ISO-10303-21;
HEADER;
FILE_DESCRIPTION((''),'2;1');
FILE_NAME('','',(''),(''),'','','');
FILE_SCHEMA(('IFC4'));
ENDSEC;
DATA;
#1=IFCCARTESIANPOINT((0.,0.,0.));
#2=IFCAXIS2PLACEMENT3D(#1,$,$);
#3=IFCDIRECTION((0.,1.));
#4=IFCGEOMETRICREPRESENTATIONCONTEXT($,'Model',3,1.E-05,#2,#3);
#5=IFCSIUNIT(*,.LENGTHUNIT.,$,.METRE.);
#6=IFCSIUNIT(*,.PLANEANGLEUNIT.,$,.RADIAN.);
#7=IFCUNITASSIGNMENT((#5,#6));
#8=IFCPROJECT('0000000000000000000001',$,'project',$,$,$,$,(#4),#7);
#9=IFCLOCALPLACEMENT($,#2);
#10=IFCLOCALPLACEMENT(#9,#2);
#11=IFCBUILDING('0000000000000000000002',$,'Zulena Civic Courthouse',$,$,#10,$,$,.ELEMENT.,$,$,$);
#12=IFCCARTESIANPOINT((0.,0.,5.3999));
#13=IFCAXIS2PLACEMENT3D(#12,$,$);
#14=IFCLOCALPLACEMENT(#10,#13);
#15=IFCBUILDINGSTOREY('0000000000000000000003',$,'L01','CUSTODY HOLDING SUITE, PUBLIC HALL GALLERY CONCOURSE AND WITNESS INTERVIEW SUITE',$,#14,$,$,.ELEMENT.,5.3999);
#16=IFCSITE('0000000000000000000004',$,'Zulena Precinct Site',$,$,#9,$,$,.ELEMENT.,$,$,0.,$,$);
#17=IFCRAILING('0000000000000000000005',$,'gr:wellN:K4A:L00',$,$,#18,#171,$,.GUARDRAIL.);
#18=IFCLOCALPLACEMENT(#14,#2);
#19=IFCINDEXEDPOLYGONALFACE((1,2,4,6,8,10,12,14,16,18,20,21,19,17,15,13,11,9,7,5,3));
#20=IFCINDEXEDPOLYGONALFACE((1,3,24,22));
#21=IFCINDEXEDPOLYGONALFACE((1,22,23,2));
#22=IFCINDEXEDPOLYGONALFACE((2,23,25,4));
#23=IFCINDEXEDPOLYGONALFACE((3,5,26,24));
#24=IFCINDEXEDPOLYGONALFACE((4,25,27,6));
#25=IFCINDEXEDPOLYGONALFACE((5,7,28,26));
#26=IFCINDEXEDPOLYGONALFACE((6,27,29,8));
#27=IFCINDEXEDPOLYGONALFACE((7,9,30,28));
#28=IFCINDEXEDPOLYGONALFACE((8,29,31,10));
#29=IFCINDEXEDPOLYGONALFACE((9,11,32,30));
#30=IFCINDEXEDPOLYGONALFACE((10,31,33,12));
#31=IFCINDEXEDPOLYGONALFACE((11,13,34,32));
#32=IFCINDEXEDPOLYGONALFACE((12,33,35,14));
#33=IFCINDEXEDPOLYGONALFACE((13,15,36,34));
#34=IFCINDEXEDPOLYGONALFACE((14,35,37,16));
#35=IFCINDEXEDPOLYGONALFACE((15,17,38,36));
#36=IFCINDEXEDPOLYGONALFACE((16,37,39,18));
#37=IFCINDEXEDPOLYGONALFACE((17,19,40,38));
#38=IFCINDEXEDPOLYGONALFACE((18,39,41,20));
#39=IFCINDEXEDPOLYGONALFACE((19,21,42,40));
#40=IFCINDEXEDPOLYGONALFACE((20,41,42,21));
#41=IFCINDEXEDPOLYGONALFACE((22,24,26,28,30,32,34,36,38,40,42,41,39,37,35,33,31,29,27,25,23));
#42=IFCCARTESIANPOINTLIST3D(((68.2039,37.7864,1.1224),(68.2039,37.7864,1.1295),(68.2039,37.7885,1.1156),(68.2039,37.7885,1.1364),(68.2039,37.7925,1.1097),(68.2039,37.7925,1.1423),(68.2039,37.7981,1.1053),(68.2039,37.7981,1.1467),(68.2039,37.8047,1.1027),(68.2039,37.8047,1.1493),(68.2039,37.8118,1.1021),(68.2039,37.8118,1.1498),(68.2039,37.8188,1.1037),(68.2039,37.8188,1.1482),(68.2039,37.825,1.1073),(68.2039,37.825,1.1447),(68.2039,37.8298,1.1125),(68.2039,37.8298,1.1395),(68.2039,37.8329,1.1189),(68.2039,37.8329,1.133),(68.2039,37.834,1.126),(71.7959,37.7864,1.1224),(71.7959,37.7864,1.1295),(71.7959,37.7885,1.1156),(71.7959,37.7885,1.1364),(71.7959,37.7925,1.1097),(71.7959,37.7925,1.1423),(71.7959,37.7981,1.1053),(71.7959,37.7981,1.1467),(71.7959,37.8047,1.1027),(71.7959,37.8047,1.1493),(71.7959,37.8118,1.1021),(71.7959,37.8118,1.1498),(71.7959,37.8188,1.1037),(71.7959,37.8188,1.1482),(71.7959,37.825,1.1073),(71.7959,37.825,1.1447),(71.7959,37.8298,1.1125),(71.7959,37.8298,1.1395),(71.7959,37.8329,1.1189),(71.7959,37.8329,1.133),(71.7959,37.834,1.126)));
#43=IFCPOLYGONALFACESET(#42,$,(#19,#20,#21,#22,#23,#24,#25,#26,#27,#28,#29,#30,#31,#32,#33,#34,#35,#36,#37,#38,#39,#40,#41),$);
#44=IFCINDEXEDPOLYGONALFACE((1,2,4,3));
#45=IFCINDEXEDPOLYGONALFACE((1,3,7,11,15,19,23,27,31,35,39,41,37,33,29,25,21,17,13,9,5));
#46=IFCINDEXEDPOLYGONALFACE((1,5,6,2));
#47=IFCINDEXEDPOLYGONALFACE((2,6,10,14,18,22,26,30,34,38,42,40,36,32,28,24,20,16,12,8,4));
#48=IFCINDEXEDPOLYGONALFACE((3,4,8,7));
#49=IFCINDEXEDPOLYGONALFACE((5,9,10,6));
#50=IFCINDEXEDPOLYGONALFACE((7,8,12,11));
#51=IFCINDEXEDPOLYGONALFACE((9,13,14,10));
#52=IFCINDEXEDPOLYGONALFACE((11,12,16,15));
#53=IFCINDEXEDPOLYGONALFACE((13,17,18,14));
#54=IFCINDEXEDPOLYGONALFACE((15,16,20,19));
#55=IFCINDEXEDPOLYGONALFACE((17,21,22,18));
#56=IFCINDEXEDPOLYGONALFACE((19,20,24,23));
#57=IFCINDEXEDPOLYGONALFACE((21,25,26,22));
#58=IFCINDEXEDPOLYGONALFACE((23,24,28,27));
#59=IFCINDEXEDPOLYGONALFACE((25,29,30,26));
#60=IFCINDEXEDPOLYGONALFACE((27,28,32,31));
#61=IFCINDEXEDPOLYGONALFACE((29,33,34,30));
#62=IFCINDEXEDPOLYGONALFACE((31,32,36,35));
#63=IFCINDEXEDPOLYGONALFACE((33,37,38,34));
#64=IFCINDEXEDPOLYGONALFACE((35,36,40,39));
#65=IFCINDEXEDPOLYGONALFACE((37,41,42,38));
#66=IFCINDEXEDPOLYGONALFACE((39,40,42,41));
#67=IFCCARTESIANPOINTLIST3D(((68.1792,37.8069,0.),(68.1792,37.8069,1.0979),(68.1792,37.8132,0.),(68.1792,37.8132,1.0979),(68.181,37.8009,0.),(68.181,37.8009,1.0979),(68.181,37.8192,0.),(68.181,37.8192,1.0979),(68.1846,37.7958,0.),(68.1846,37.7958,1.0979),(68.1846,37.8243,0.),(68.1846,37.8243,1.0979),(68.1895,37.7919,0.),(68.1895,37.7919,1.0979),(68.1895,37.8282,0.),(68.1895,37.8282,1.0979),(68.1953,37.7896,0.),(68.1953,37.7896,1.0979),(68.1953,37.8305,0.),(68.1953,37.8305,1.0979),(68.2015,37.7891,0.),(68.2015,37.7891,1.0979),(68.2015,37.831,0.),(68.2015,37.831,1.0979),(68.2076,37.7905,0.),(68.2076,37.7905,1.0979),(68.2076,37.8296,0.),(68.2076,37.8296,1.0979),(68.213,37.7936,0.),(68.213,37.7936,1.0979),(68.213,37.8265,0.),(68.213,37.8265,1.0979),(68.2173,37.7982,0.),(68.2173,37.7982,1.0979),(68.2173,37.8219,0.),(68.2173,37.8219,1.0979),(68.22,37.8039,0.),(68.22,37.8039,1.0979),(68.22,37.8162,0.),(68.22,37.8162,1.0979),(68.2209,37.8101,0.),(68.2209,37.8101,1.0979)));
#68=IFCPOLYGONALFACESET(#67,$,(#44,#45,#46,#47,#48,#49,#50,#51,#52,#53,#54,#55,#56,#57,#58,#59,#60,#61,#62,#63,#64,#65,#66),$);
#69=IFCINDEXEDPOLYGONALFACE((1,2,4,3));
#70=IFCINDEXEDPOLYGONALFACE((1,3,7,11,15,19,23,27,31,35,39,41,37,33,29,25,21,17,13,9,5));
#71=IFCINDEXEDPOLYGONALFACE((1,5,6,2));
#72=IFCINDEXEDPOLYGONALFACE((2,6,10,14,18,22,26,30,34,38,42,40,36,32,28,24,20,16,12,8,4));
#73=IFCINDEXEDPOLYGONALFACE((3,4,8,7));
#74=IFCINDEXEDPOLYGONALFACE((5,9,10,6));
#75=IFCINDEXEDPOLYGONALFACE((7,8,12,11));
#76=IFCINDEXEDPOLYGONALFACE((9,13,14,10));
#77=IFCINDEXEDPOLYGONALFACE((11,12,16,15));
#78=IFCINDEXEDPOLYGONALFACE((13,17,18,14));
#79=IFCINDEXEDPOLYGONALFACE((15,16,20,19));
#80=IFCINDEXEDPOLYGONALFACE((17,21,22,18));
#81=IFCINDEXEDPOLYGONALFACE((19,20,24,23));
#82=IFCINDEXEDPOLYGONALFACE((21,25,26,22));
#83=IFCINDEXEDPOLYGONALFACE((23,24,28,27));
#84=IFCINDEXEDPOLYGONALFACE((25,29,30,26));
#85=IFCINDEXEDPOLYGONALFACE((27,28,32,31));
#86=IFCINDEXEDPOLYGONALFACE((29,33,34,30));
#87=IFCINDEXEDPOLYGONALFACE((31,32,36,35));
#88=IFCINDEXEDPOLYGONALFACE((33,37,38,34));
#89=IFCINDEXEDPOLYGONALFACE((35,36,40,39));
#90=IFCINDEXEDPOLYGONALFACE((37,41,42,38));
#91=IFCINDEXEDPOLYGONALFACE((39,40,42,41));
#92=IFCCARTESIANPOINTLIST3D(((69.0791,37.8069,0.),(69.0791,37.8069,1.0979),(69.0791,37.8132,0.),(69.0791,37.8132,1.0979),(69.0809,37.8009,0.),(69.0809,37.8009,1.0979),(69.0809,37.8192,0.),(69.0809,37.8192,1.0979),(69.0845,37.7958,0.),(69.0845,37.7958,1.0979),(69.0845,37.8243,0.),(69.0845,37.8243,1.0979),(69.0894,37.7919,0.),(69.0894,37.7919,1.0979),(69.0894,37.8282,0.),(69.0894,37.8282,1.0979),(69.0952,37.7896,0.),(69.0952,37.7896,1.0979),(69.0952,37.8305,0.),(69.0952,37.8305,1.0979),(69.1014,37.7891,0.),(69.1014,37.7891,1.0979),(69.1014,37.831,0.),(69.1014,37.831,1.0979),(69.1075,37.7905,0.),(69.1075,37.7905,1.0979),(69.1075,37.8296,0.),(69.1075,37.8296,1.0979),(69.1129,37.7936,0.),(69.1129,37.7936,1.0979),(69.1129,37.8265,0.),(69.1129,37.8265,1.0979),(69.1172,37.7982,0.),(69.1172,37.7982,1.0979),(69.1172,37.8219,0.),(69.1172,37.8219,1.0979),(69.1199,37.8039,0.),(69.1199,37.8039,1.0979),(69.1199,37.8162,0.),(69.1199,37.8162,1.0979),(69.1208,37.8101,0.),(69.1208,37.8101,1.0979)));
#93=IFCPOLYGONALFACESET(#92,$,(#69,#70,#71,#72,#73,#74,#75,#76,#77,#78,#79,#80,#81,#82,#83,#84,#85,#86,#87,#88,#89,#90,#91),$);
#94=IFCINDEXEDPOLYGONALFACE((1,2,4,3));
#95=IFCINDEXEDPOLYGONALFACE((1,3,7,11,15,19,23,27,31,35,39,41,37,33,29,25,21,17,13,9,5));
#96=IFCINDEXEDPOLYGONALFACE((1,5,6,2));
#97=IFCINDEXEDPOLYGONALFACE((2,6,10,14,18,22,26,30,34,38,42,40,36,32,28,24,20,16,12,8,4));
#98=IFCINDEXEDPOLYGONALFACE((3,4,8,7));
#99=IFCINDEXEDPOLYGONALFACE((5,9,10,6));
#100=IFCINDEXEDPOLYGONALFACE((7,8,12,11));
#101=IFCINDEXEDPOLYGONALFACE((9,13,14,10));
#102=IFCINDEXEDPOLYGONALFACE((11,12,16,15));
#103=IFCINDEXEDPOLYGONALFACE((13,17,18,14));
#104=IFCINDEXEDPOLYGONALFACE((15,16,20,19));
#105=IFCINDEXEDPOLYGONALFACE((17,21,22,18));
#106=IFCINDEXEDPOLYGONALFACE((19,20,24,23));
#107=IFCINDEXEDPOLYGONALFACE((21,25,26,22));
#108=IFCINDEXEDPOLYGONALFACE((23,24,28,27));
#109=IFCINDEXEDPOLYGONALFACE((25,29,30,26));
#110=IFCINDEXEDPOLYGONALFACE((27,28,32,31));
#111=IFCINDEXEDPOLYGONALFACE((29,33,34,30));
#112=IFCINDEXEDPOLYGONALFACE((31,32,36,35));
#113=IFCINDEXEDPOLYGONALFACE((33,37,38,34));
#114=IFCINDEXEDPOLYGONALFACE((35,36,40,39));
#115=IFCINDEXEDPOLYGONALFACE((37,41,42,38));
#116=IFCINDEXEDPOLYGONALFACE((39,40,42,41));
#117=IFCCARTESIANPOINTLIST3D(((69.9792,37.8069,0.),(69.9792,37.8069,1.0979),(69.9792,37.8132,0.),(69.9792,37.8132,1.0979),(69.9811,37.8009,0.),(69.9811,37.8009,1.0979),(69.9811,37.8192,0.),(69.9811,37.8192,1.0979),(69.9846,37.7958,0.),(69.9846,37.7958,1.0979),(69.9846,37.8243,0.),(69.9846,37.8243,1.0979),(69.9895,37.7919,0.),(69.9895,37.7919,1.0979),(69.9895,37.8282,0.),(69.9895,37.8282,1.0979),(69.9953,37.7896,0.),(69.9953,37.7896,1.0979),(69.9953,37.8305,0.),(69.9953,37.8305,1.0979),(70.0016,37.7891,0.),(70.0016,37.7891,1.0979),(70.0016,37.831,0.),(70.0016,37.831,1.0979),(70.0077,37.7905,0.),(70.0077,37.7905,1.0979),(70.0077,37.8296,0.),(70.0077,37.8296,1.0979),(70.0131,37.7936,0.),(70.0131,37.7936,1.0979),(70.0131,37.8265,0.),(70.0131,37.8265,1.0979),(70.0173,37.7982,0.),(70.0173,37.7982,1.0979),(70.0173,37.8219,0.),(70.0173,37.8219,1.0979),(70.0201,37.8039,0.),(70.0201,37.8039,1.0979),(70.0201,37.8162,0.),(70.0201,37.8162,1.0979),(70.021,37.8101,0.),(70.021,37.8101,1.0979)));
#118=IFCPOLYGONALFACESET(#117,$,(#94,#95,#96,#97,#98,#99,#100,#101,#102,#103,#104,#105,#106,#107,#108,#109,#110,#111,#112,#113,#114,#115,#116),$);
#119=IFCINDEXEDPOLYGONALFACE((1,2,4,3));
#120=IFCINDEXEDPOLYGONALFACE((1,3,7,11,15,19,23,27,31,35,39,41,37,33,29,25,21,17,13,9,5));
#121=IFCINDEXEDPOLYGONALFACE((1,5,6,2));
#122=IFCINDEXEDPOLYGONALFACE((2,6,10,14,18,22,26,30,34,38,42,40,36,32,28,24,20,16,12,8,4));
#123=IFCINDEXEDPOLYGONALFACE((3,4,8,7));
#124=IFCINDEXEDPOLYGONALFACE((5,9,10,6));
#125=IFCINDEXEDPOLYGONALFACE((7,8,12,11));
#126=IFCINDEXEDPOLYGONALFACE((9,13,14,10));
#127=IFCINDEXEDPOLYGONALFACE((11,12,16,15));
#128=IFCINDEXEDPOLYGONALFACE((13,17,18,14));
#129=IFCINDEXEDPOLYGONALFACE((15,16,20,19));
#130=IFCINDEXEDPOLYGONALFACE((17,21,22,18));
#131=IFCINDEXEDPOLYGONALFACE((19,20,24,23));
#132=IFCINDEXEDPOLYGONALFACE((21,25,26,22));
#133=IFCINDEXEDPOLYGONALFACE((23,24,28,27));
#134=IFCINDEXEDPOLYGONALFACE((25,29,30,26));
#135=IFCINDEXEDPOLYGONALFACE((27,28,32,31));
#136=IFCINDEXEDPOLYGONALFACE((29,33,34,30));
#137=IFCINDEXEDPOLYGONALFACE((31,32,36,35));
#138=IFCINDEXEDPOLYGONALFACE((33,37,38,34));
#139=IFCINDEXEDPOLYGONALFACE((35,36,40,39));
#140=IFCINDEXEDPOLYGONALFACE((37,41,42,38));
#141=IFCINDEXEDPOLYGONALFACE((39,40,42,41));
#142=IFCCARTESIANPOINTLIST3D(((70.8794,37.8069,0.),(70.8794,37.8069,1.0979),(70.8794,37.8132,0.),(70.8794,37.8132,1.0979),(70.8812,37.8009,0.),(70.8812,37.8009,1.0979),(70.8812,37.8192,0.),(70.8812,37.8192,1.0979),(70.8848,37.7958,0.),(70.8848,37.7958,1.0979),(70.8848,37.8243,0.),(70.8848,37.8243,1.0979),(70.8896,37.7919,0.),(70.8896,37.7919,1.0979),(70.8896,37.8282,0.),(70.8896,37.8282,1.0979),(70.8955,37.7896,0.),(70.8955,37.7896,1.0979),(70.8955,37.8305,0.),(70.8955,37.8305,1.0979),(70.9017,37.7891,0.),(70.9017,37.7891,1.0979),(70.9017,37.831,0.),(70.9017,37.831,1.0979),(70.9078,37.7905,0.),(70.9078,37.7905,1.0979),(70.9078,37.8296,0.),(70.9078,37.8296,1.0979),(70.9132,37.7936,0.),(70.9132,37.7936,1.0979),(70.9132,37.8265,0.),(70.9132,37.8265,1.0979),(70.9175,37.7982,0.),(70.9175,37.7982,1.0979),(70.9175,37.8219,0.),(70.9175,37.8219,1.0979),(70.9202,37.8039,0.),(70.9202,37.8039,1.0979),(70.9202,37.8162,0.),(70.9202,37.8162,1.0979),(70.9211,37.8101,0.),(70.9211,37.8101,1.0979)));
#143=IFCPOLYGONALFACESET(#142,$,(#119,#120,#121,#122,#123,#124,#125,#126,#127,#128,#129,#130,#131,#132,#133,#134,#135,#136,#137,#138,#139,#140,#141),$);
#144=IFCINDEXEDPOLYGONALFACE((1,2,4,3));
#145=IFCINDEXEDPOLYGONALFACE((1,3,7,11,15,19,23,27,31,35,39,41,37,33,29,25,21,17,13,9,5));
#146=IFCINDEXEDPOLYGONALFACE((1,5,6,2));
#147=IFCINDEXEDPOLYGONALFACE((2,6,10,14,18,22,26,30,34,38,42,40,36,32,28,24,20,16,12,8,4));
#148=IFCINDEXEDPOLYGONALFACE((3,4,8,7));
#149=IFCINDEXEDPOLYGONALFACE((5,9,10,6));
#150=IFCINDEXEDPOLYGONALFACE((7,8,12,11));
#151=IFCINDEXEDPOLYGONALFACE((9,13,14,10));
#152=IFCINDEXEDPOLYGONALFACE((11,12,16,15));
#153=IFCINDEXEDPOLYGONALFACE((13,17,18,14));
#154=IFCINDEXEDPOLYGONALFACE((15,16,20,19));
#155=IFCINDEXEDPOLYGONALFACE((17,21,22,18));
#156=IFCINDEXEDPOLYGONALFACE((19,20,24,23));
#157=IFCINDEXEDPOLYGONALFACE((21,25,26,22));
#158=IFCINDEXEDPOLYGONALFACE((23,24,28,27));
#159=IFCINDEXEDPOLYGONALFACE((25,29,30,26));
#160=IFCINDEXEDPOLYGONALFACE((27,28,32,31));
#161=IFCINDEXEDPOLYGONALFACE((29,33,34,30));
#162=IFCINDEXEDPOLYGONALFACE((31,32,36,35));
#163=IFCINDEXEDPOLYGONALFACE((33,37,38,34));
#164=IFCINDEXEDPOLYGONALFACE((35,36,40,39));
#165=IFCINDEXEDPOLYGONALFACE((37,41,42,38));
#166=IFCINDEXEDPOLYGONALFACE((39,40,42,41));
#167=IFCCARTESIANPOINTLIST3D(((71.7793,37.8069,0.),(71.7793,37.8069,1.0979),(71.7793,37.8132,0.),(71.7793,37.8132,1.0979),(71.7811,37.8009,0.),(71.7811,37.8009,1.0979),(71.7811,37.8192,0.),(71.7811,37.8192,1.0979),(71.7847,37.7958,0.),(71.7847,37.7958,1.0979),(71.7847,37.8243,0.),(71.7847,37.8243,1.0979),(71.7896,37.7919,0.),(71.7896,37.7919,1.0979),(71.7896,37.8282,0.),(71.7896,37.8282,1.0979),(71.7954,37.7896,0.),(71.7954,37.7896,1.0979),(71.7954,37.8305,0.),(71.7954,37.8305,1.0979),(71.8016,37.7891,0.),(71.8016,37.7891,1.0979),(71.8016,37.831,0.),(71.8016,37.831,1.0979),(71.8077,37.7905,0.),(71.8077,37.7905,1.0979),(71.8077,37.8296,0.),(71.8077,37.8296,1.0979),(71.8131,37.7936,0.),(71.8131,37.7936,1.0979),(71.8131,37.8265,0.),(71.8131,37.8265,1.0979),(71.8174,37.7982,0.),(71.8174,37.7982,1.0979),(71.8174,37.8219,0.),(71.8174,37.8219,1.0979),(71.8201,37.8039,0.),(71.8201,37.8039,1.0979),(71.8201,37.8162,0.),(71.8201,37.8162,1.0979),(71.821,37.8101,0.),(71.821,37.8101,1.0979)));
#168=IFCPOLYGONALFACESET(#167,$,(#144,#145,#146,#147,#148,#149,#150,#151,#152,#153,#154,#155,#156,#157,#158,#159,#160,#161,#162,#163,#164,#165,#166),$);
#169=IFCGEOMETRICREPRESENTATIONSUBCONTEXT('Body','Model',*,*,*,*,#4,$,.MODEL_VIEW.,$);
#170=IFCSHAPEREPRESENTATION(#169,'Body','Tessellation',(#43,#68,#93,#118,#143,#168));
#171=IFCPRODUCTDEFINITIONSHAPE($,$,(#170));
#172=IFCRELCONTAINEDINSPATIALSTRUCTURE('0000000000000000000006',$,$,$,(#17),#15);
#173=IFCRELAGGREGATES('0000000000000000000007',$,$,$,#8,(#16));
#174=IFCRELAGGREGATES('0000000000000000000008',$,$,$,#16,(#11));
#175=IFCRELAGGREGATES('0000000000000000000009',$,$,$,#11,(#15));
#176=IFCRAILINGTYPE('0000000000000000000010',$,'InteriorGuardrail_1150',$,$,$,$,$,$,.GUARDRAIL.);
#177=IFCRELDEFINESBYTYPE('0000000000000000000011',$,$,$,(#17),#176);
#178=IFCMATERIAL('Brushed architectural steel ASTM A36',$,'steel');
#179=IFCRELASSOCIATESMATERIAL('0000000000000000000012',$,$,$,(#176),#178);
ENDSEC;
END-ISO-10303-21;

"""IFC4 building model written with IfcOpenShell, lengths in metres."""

from ifc_helpers import new_model, si_unit, direction, frame, origin, origin_2d, place, context, subcontext, project, spatial, circle, extrude, material, type_object, element, save


model = new_model("IFC4")

# Units and contexts
model_context = context("Model", 3, precision=1e-05, world=origin(), true_north=direction((0.0, 1.0)))
body_context = subcontext(model_context, "Body", "Model", "MODEL_VIEW")
ifc_project = project(units=[si_unit("LENGTHUNIT", "METRE"), si_unit("PLANEANGLEUNIT", "RADIAN")], contexts=[model_context])

# Site, building, storey
site_placement = place(None, origin())
site = spatial("IfcSite", under=ifc_project, at=site_placement, Name="Zulena Precinct Site", CompositionType="ELEMENT", RefElevation=0.0)
building_placement = place(site_placement, origin())
building = spatial("IfcBuilding", under=site, at=building_placement, Name="Zulena Civic Courthouse", CompositionType="ELEMENT")
storey_placement = place(building_placement, frame((0.0, 0.0, 5.3999)))
storey = spatial("IfcBuildingStorey", under=building, at=storey_placement, Name="L01", Description="CUSTODY HOLDING SUITE, PUBLIC HALL GALLERY CONCOURSE AND WITNESS INTERVIEW SUITE", CompositionType="ELEMENT", Elevation=5.3999)

# Railing
ifc_material_1 = material(Name="Brushed architectural steel ASTM A36", Category="steel")
railing_type = type_object("IfcRailingType", Name="InteriorGuardrail_1150", PredefinedType="GUARDRAIL", material=ifc_material_1)
railing_1_placement = place(storey_placement, frame((68.2, 37.8101, 0.0)))
element("IfcRailing", 1, at=railing_1_placement, inside=storey, type_object=railing_type, Name="gr:wellN:K4A:L00", PredefinedType="GUARDRAIL", context=body_context, shape_type="SweptSolid", body=[
    extrude(circle(Radius=0.0239, at=origin_2d()), frame((0.0039, 0.0, 1.126), z_axis=(1.0, 0.0, 0.0), x_axis=(0.0, 1.0, 0.0)), (0.0, 0.0, 1.0), 3.592),
    extrude(circle(Radius=0.021, at=origin_2d()), origin(), (0.0, 0.0, 1.0), 1.0979),
    extrude(circle(Radius=0.021, at=origin_2d()), frame((0.8999, 0.0, 0.0)), (0.0, 0.0, 1.0), 1.0979),
    extrude(circle(Radius=0.021, at=origin_2d()), frame((1.8, 0.0, 0.0)), (0.0, 0.0, 1.0), 1.0979),
    extrude(circle(Radius=0.021, at=origin_2d()), frame((2.7002, 0.0, 0.0)), (0.0, 0.0, 1.0), 1.0979),
    extrude(circle(Radius=0.021, at=origin_2d()), frame((3.6001, 0.0, 0.0)), (0.0, 0.0, 1.0), 1.0979),
])

save(model, "model.ifc")
